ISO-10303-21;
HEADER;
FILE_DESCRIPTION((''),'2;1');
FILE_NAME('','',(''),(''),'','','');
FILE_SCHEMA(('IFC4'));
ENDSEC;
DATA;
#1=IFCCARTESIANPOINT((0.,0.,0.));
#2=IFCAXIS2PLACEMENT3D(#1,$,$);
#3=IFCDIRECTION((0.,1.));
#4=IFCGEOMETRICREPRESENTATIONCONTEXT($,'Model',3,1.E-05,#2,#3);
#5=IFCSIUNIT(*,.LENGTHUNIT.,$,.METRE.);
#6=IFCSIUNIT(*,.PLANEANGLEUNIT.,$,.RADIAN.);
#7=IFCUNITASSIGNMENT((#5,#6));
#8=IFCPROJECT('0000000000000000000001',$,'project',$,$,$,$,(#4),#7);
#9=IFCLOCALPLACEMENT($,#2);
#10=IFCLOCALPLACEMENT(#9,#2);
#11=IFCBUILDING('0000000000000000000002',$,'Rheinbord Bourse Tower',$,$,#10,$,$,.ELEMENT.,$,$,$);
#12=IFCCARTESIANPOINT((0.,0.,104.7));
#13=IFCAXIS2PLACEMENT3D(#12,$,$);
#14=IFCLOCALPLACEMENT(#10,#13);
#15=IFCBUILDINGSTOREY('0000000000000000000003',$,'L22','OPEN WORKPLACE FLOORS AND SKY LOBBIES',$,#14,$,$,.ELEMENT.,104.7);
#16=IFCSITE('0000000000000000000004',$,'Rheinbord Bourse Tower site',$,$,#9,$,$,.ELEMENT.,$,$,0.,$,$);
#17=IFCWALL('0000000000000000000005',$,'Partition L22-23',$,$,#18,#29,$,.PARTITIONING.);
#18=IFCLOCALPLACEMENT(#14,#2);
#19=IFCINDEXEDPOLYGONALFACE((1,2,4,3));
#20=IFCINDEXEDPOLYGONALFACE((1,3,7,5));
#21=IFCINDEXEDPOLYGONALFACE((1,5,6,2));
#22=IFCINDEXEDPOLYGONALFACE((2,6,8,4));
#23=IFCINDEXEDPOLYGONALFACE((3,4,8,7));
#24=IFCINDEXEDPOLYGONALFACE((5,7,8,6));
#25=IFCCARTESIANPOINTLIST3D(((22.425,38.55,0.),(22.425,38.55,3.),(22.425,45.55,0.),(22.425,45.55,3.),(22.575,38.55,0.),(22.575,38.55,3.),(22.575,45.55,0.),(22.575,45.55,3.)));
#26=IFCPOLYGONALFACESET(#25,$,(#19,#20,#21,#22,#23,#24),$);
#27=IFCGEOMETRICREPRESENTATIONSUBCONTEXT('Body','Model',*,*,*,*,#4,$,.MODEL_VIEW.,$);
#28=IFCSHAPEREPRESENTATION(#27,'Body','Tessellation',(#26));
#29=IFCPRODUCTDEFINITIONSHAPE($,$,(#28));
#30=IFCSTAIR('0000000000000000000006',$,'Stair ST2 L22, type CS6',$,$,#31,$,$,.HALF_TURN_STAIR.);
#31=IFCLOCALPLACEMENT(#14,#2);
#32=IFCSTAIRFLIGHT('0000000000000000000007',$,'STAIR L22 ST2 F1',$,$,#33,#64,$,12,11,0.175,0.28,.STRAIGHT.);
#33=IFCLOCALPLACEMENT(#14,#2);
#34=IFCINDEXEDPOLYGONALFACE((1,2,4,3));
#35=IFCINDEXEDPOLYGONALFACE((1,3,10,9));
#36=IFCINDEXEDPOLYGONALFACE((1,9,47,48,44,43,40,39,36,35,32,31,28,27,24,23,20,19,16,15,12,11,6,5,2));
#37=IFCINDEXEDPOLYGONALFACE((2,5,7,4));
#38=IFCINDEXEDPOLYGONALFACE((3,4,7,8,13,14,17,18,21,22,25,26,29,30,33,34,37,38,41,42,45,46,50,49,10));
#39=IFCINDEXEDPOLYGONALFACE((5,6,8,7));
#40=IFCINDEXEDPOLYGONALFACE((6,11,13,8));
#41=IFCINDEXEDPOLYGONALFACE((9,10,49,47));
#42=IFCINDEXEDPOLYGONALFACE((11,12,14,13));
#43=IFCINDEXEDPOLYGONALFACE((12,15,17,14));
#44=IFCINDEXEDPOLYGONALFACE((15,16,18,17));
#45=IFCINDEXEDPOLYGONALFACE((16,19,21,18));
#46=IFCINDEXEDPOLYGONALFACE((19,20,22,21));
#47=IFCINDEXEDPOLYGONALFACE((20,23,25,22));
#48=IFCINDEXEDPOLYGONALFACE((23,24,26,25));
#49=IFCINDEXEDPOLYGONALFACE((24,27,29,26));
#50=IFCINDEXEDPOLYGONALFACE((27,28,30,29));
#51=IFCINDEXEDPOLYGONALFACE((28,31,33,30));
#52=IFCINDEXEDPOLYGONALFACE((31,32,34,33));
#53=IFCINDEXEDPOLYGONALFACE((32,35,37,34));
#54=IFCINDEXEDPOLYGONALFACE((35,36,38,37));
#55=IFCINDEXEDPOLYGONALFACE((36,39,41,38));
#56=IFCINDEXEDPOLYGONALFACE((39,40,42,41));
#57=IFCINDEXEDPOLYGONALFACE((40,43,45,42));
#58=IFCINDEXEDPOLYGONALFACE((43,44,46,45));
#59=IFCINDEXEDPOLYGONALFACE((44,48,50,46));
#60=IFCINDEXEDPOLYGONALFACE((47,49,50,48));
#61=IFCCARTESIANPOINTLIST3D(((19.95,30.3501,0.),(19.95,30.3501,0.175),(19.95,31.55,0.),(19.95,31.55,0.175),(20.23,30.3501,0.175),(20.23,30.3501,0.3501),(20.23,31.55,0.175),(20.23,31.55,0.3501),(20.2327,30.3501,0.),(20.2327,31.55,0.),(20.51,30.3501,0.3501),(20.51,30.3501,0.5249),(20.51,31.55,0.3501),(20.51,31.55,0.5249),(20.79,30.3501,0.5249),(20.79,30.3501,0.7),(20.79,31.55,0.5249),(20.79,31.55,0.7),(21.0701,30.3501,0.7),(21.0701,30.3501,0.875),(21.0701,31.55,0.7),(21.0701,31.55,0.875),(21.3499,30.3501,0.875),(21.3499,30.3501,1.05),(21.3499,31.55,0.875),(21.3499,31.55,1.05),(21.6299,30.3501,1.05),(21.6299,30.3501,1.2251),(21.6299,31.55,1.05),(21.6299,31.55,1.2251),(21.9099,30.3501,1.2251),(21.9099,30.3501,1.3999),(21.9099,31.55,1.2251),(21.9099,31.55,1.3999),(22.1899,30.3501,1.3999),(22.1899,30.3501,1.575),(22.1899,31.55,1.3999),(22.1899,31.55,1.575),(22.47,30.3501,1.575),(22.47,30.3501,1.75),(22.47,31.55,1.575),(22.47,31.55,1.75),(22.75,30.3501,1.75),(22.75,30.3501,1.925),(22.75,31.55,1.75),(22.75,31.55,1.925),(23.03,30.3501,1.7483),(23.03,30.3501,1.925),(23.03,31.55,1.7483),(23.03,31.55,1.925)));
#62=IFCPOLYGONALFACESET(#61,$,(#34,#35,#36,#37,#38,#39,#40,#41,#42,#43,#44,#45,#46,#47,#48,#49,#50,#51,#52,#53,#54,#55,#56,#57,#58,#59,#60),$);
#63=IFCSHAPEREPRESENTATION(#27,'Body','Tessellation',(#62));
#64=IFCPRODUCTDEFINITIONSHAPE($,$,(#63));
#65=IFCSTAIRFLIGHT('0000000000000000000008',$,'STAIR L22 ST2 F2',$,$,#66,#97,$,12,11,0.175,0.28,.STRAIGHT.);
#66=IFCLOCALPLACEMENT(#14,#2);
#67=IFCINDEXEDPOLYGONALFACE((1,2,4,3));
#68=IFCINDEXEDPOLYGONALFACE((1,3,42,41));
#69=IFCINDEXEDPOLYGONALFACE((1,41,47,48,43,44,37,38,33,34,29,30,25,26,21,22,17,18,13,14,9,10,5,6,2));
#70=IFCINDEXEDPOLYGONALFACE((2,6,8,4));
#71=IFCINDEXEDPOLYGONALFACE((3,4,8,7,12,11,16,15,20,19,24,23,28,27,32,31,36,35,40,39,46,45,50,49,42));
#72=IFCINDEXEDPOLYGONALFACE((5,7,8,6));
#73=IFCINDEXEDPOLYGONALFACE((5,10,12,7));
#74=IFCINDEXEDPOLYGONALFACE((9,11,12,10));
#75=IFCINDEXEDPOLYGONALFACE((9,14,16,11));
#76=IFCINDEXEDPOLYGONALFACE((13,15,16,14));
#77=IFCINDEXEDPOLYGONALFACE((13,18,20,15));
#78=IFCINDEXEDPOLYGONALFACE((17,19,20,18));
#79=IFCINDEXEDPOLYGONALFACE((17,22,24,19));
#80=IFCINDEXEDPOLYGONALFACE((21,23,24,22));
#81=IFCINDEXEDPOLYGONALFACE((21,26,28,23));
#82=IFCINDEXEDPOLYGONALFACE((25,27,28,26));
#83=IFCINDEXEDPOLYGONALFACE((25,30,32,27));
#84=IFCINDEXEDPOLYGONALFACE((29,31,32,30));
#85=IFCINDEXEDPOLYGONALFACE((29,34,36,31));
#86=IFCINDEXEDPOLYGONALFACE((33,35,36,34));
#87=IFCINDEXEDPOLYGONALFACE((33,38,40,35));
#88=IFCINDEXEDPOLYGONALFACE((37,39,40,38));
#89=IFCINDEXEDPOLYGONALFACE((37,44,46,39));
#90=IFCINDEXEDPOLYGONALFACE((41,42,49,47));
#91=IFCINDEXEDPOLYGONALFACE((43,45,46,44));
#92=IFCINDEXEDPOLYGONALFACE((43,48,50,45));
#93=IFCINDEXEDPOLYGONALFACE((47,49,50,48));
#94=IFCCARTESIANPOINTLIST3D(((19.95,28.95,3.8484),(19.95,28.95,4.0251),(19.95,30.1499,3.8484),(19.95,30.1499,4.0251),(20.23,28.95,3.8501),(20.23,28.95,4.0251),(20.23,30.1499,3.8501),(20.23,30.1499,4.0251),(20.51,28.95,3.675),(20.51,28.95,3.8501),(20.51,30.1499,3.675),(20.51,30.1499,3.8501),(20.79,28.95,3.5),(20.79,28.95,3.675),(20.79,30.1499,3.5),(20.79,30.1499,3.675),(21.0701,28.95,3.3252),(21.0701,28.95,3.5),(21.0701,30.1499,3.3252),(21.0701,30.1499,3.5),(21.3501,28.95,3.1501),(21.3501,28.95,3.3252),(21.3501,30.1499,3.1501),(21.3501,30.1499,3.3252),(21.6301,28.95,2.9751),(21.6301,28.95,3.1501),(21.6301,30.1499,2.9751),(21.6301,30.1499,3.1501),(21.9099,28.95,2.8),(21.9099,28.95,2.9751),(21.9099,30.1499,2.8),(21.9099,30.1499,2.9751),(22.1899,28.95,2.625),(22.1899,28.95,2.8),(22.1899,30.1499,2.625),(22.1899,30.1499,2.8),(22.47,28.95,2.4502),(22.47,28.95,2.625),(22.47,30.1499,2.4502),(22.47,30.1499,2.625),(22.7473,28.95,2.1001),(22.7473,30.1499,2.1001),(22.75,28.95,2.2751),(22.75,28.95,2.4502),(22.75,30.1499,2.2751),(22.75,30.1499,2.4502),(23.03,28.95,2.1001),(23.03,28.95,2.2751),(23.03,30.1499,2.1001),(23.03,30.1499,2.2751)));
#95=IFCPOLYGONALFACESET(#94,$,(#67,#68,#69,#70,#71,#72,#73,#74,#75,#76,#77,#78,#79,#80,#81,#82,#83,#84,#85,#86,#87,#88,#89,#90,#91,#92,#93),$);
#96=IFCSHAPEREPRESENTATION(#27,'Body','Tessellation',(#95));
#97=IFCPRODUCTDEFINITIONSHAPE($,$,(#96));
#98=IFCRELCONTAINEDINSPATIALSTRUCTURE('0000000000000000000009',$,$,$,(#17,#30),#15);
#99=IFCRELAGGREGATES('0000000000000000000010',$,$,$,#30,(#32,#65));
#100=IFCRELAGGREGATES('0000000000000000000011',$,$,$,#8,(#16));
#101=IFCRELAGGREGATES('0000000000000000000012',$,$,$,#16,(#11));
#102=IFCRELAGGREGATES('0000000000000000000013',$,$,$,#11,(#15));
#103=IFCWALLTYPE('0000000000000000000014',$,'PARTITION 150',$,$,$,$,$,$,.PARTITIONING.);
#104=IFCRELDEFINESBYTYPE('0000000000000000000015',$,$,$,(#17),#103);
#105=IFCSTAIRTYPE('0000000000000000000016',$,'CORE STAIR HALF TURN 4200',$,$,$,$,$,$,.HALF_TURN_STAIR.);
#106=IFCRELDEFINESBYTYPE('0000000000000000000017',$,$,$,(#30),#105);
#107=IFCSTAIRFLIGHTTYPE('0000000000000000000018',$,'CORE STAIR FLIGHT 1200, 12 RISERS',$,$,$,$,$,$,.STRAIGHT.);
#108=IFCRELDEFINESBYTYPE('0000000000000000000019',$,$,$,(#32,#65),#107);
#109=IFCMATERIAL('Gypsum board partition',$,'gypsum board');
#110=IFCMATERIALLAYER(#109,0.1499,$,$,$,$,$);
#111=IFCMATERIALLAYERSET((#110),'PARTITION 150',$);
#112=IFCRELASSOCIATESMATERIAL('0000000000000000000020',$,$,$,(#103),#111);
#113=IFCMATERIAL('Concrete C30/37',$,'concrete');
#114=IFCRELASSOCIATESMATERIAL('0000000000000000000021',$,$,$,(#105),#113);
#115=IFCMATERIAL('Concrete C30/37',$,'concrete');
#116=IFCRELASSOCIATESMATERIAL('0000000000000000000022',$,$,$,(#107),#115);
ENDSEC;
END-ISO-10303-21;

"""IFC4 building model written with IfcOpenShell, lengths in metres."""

from ifc_helpers import new_model, si_unit, direction, frame, frame_2d, origin, place, context, subcontext, project, spatial, polyline, rectangle, outline, extrude, material, layer, layer_set, type_object, element, aggregate, save


model = new_model("IFC4")

# Units and contexts
model_context = context("Model", 3, precision=1e-05, world=origin(), true_north=direction((0.0, 1.0)))
body_context = subcontext(model_context, "Body", "Model", "MODEL_VIEW")
ifc_project = project(units=[si_unit("LENGTHUNIT", "METRE"), si_unit("PLANEANGLEUNIT", "RADIAN")], contexts=[model_context])

# Site, building, storey
site_placement = place(None, origin())
site = spatial("IfcSite", under=ifc_project, at=site_placement, Name="Rheinbord Bourse Tower site", CompositionType="ELEMENT", RefElevation=0.0)
building_placement = place(site_placement, origin())
building = spatial("IfcBuilding", under=site, at=building_placement, Name="Rheinbord Bourse Tower", CompositionType="ELEMENT")
storey_placement = place(building_placement, frame((0.0, 0.0, 104.7)))
storey = spatial("IfcBuildingStorey", under=building, at=storey_placement, Name="L22", Description="OPEN WORKPLACE FLOORS AND SKY LOBBIES", CompositionType="ELEMENT", Elevation=104.7)

# Wall
ifc_material_1 = material(Name="Gypsum board partition", Category="gypsum board")
ifc_layer_1 = layer(ifc_material_1, 0.1499)
ifc_layer_set_1 = layer_set([ifc_layer_1], Name="PARTITION 150")
wall_type_1 = type_object("IfcWallType", Name="PARTITION 150", PredefinedType="PARTITIONING", material=ifc_layer_set_1)
wall_1_placement = place(storey_placement, frame((22.5, 38.55, 0.0), z_axis=(0.0, 0.0, 1.0), x_axis=(0.0, 1.0, 0.0)))
element("IfcWall", 1, at=wall_1_placement, inside=storey, type_object=wall_type_1, Name="Partition L22-23", PredefinedType="PARTITIONING", context=body_context, shape_type="SweptSolid", body=[
    extrude(rectangle(XDim=7.0, YDim=0.1499, at=frame_2d((3.5, 0.0))), origin(), (0.0, 0.0, 1.0), 3.0),
])

# Stair, stair flights
ifc_material_2 = material(Name="Concrete C30/37", Category="concrete")
stair_type = type_object("IfcStairType", Name="CORE STAIR HALF TURN 4200", PredefinedType="HALF_TURN_STAIR", material=ifc_material_2)
stair_placement = place(storey_placement, origin())
stair = element("IfcStair", 2, at=stair_placement, inside=storey, type_object=stair_type, Name="Stair ST2 L22, type CS6", PredefinedType="HALF_TURN_STAIR")
ifc_material_3 = material(Name="Concrete C30/37", Category="concrete")
stair_flight_type = type_object("IfcStairFlightType", Name="CORE STAIR FLIGHT 1200, 12 RISERS", PredefinedType="STRAIGHT", material=ifc_material_3)
stair_flight_1_placement = place(storey_placement, frame((19.95, 30.95, 0.0), z_axis=(0.0, 0.0, 1.0), x_axis=(1.0, 0.0, 0.0)))
stair_flight_1 = element("IfcStairFlight", 3, at=stair_flight_1_placement, type_object=stair_flight_type, Name="STAIR L22 ST2 F1", NumberOfRisers=12, NumberOfTreads=11, PredefinedType="STRAIGHT", RiserHeight=0.175, TreadLength=0.28, context=body_context, shape_type="SweptSolid", body=[
    extrude(outline(polyline([(0.0, 0.0), (0.0, 0.175), (0.28, 0.175), (0.28, 0.3501), (0.5601, 0.3501), (0.5601, 0.5249), (0.8401, 0.5249), (0.8401, 0.7), (1.1201, 0.7), (1.1201, 0.875), (1.3999, 0.875), (1.3999, 1.05), (1.6799, 1.05), (1.6799, 1.2251), (1.96, 1.2251), (1.96, 1.3999), (2.24, 1.3999), (2.24, 1.575), (2.52, 1.575), (2.52, 1.75), (2.8, 1.75), (2.8, 1.925), (3.0801, 1.925), (3.0801, 2.1001), (3.0801, 1.7483), (0.2827, 0.0), (0.0, 0.0)])), frame((0.0, 0.6001, 0.0), z_axis=(0.0, -1.0, 0.0), x_axis=(1.0, 0.0, 0.0)), (0.0, 0.0, 1.0), 1.2),
])
stair_flight_2_placement = place(storey_placement, frame((23.03, 29.55, 2.1001), z_axis=(0.0, 0.0, 1.0), x_axis=(-1.0, 0.0, 0.0)))
stair_flight_2 = element("IfcStairFlight", 4, at=stair_flight_2_placement, type_object=stair_flight_type, Name="STAIR L22 ST2 F2", NumberOfRisers=12, NumberOfTreads=11, PredefinedType="STRAIGHT", RiserHeight=0.175, TreadLength=0.28, context=body_context, shape_type="SweptSolid", body=[
    extrude(outline(polyline([(0.0, 0.0), (0.0, 0.175), (0.28, 0.175), (0.28, 0.3501), (0.5601, 0.3501), (0.5601, 0.5249), (0.8401, 0.5249), (0.8401, 0.7), (1.1201, 0.7), (1.1201, 0.875), (1.3999, 0.875), (1.3999, 1.05), (1.6799, 1.05), (1.6799, 1.2251), (1.96, 1.2251), (1.96, 1.3999), (2.24, 1.3999), (2.24, 1.575), (2.52, 1.575), (2.52, 1.75), (2.8, 1.75), (2.8, 1.925), (3.0801, 1.925), (3.0801, 2.1001), (3.0801, 1.7483), (0.2827, 0.0), (0.0, 0.0)])), frame((0.0, 0.6001, 0.0), z_axis=(0.0, -1.0, 0.0), x_axis=(1.0, 0.0, 0.0)), (0.0, 0.0, 1.0), 1.2),
])
aggregate(stair, [stair_flight_1, stair_flight_2])

save(model, "model.ifc")
